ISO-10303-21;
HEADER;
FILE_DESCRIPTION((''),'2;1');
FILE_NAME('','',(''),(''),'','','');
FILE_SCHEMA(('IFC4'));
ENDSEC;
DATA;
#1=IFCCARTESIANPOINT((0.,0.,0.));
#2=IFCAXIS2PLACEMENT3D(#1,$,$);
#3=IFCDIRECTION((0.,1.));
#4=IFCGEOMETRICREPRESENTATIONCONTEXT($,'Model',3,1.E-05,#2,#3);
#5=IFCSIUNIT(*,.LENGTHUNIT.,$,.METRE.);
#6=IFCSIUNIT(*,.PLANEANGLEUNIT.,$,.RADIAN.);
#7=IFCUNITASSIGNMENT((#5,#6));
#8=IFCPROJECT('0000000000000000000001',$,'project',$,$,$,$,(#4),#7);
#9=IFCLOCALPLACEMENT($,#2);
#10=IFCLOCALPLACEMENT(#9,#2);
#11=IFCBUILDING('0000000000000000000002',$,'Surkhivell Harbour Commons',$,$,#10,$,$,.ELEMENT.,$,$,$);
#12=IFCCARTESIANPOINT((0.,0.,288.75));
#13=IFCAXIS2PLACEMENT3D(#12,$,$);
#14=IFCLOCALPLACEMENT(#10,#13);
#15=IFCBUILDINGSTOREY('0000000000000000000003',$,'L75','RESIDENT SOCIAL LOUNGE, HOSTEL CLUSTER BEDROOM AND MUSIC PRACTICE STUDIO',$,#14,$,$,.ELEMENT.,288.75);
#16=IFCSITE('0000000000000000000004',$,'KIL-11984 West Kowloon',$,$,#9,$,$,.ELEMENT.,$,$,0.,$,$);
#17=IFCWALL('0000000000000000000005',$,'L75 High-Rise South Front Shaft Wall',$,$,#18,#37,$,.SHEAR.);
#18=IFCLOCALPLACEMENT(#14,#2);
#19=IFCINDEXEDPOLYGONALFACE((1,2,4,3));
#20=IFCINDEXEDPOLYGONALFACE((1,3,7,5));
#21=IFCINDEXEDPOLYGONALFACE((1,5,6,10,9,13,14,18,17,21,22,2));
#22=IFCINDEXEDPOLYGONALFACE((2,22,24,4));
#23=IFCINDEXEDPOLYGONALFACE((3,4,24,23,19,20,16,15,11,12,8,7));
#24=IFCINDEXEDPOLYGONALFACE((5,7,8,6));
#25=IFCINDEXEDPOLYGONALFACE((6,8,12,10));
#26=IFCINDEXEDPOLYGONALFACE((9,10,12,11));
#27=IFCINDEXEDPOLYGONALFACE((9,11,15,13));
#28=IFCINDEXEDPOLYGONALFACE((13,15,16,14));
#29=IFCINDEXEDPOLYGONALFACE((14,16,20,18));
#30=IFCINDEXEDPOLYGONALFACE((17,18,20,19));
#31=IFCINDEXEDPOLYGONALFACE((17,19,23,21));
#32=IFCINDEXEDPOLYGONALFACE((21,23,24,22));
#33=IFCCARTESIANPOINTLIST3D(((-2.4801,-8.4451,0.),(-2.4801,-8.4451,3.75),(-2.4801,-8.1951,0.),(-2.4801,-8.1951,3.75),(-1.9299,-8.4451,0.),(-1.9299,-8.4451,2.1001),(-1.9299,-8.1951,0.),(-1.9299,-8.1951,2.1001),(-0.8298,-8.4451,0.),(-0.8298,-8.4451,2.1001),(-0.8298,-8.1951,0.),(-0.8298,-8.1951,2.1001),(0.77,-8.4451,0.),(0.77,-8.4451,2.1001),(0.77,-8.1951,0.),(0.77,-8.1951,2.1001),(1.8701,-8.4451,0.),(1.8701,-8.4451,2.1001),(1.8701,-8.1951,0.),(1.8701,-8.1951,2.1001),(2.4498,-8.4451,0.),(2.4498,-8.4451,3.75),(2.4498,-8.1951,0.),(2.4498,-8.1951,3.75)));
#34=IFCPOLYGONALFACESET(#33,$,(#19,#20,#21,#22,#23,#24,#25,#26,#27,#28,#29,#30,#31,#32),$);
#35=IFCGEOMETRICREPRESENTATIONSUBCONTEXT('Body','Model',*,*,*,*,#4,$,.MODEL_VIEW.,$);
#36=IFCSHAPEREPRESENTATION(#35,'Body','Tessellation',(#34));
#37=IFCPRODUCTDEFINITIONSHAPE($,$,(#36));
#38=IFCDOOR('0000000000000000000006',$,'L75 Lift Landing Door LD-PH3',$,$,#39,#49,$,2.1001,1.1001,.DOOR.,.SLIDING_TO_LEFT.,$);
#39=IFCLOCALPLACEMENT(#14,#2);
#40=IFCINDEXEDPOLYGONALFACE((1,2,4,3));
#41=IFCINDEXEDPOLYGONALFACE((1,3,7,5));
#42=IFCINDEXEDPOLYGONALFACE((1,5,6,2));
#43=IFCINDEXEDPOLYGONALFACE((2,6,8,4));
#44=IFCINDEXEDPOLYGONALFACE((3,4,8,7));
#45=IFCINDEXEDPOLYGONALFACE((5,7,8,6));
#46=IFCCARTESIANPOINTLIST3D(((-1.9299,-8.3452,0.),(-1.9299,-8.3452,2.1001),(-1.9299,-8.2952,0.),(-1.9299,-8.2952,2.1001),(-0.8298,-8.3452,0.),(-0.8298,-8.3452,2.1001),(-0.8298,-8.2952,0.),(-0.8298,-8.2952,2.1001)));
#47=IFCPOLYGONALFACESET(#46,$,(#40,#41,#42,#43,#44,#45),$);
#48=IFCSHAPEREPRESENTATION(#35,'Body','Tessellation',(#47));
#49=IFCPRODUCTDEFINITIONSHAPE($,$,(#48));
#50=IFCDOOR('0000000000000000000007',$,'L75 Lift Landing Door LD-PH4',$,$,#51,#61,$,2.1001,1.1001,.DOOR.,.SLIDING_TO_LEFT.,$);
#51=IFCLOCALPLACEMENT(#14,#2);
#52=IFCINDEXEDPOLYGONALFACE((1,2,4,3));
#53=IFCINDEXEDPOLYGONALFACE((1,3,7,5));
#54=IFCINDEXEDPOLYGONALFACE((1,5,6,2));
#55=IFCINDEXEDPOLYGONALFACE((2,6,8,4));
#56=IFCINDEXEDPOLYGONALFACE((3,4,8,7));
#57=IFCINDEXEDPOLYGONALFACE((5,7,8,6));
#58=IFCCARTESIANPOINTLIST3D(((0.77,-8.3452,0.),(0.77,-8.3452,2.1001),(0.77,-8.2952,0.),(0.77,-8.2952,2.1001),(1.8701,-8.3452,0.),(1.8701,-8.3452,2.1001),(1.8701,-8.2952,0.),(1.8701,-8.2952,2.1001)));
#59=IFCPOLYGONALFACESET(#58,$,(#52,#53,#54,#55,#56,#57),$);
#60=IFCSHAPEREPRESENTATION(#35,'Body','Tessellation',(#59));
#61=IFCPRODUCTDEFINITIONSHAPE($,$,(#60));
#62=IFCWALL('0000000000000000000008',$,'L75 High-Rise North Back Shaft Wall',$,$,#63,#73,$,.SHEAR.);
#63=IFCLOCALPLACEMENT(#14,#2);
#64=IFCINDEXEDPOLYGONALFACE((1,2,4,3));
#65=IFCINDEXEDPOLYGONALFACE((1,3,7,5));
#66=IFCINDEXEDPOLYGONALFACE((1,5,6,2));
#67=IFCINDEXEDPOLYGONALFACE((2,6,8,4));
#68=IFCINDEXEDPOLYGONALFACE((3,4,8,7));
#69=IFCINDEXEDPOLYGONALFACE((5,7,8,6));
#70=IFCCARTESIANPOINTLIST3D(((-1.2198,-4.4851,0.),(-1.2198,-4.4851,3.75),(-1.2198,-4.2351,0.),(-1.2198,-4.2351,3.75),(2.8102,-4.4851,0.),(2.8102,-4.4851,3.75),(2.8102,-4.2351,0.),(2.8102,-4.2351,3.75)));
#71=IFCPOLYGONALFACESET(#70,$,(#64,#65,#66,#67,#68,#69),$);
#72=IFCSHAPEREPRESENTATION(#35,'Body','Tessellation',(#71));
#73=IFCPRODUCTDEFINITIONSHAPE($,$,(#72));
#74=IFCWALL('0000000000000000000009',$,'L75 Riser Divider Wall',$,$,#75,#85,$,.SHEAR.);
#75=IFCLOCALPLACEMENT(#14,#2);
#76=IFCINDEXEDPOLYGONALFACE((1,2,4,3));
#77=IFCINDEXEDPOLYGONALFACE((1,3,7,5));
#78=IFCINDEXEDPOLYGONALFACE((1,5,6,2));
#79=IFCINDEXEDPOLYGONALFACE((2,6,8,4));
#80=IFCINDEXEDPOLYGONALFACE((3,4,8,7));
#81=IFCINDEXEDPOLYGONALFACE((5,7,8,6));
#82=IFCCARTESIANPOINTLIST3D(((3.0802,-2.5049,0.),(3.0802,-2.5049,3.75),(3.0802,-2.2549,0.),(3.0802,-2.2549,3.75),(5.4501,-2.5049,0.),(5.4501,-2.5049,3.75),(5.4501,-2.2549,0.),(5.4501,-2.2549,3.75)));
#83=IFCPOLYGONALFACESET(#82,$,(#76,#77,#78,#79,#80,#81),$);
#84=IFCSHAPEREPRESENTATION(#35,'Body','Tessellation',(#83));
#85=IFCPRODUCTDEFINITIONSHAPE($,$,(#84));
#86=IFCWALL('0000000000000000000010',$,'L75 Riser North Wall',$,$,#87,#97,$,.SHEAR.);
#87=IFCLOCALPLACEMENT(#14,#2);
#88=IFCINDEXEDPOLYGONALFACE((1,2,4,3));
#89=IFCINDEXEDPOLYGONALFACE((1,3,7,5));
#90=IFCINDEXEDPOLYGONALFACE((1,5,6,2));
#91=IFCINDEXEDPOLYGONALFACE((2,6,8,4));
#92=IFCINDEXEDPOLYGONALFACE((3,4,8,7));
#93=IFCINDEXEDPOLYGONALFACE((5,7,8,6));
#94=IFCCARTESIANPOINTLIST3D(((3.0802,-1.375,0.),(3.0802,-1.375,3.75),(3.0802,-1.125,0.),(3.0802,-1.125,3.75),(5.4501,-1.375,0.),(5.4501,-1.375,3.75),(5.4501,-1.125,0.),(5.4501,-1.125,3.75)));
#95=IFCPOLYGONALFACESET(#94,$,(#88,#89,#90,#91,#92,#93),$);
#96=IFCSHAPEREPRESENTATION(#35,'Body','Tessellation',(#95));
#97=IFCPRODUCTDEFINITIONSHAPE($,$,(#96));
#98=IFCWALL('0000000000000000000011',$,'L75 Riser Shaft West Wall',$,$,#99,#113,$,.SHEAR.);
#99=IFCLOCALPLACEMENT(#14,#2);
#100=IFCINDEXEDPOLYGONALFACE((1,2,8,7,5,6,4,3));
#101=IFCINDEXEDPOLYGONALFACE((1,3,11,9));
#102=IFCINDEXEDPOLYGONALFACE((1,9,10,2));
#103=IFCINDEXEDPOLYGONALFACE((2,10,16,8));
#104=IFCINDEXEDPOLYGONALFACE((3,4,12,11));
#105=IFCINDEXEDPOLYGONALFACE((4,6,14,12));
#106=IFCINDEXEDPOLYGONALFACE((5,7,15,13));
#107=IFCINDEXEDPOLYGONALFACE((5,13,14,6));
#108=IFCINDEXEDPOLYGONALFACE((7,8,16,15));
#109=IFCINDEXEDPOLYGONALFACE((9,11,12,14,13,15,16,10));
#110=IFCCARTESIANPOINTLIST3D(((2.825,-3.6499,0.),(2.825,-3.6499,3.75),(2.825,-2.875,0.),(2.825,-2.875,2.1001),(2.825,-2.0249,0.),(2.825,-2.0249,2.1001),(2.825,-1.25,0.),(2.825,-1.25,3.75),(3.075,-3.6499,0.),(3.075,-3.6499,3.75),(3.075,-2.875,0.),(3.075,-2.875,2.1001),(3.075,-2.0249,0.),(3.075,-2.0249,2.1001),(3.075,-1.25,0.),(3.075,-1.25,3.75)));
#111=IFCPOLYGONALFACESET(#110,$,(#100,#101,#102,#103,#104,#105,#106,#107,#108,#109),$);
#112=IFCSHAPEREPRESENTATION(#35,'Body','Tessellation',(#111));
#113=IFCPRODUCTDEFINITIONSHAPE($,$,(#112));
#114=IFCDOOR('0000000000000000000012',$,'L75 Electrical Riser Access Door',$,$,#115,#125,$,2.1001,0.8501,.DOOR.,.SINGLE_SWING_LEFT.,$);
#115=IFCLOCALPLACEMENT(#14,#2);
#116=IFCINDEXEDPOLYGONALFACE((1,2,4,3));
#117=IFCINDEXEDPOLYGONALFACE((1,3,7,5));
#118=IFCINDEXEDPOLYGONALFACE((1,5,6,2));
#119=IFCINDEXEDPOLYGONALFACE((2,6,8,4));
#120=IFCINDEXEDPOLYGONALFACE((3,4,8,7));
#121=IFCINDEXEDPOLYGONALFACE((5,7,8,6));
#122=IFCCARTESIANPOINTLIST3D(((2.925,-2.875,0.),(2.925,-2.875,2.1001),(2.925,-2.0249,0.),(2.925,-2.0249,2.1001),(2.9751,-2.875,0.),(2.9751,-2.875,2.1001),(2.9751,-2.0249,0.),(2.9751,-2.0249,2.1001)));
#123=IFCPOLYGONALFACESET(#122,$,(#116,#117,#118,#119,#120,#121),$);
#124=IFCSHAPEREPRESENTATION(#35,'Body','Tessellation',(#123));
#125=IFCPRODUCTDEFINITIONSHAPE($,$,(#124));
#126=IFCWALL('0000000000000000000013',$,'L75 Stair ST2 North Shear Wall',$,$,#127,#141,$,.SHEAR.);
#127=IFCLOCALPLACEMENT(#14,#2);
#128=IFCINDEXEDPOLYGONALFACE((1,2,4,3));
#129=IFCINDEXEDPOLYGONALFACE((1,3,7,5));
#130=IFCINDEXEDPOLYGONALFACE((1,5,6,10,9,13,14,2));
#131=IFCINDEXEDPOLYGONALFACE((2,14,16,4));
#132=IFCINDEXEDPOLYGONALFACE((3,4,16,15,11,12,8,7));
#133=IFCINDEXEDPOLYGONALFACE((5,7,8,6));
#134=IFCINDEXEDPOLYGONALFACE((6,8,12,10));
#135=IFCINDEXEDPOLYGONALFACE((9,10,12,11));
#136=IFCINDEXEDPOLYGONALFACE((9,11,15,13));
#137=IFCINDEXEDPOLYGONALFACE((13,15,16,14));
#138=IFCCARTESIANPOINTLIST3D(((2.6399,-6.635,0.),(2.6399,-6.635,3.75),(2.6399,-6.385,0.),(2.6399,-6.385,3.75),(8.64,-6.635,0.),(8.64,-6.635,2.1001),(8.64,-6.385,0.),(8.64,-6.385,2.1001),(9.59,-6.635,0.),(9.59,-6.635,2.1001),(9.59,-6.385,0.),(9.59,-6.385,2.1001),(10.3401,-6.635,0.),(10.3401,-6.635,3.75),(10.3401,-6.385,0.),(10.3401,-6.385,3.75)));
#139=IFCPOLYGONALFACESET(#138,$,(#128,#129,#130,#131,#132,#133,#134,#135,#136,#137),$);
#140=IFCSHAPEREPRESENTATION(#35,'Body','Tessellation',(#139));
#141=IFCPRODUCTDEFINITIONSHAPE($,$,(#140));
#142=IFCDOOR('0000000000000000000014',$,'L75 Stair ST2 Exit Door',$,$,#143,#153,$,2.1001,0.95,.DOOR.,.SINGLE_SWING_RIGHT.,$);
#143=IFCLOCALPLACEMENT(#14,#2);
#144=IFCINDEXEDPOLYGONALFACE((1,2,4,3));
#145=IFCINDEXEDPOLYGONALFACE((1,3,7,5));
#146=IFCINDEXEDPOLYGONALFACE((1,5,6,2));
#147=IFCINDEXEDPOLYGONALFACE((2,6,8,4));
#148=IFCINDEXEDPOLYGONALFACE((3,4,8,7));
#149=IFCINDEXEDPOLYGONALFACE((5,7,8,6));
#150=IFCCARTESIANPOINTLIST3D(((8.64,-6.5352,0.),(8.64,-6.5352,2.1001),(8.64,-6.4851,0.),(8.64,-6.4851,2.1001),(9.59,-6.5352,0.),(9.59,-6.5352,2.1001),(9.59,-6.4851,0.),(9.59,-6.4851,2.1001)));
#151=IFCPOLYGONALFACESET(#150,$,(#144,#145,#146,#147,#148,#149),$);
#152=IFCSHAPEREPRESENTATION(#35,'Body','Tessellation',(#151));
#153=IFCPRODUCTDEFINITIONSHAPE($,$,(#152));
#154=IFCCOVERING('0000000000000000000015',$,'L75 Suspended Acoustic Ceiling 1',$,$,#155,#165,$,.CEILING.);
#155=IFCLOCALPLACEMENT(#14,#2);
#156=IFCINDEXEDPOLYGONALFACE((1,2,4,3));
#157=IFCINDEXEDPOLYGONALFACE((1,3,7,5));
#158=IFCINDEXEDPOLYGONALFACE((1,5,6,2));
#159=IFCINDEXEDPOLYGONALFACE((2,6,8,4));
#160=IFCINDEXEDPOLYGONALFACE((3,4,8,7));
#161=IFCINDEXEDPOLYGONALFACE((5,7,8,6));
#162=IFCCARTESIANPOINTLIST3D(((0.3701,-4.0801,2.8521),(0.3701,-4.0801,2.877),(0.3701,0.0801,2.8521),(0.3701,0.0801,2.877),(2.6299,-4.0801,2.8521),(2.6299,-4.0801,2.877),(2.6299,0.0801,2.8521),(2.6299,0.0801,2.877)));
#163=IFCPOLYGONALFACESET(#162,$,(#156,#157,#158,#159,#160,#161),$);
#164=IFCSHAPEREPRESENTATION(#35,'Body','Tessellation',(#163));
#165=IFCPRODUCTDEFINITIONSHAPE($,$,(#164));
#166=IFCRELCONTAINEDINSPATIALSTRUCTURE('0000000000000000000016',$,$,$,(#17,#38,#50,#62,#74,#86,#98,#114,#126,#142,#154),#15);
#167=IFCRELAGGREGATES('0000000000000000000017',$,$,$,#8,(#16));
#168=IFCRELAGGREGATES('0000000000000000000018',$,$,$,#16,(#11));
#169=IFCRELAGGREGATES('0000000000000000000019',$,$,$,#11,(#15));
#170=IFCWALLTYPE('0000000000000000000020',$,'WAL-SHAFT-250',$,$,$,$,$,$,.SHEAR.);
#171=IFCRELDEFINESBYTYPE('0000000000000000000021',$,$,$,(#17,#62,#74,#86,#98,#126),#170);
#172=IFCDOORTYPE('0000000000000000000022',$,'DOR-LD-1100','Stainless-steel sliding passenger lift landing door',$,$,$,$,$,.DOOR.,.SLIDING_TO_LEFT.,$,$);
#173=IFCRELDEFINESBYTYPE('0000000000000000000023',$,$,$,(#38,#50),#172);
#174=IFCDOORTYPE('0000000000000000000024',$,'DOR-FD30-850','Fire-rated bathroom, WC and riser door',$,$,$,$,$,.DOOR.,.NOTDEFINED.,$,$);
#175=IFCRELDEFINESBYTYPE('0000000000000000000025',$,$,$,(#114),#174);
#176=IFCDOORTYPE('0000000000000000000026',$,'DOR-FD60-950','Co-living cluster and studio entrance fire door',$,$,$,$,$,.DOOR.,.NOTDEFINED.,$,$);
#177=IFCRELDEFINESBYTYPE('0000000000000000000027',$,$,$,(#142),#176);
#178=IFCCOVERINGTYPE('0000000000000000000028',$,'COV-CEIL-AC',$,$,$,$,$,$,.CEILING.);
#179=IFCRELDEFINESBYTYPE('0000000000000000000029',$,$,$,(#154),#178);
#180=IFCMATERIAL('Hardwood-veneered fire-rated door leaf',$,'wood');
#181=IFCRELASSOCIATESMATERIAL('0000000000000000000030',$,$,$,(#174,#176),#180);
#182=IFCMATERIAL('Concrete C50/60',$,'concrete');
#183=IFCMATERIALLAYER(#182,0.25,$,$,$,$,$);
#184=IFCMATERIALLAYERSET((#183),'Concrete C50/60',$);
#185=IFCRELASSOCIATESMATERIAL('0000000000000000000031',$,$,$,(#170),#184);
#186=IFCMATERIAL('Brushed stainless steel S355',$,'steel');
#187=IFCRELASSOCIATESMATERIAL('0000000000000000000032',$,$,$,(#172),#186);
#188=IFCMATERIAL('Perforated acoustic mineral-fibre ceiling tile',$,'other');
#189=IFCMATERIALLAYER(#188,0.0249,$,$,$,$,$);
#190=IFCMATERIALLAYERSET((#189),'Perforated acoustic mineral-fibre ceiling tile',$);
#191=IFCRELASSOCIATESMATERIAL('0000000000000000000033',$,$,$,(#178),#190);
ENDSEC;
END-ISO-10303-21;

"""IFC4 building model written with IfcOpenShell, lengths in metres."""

from ifc_helpers import new_model, si_unit, direction, frame, frame_2d, origin, place, context, subcontext, project, spatial, polyline, rectangle, outline, extrude, material, layer, layer_set, type_object, element, fill, save


model = new_model("IFC4")

# Units and contexts
model_context = context("Model", 3, precision=1e-05, world=origin(), true_north=direction((0.0, 1.0)))
body_context = subcontext(model_context, "Body", "Model", "MODEL_VIEW")
ifc_project = project(units=[si_unit("LENGTHUNIT", "METRE"), si_unit("PLANEANGLEUNIT", "RADIAN")], contexts=[model_context])

# Site, building, storey
site_placement = place(None, origin())
site = spatial("IfcSite", under=ifc_project, at=site_placement, Name="KIL-11984 West Kowloon", CompositionType="ELEMENT", RefElevation=0.0)
building_placement = place(site_placement, origin())
building = spatial("IfcBuilding", under=site, at=building_placement, Name="Surkhivell Harbour Commons", CompositionType="ELEMENT")
storey_placement = place(building_placement, frame((0.0, 0.0, 288.75)))
storey = spatial("IfcBuildingStorey", under=building, at=storey_placement, Name="L75", Description="RESIDENT SOCIAL LOUNGE, HOSTEL CLUSTER BEDROOM AND MUSIC PRACTICE STUDIO", CompositionType="ELEMENT", Elevation=288.75)

# Shared definitions
ifc_material_1 = material(Name="Hardwood-veneered fire-rated door leaf", Category="wood")
door_type_1 = type_object("IfcDoorType", Name="DOR-FD30-850", Description="Fire-rated bathroom, WC and riser door", OperationType="NOTDEFINED", PredefinedType="DOOR", material=ifc_material_1)

# Shared definitions
ifc_material_2 = material(Name="Concrete C50/60", Category="concrete")
ifc_layer_1 = layer(ifc_material_2, 0.25)
ifc_layer_set_1 = layer_set([ifc_layer_1], Name="Concrete C50/60")
wall_type_1 = type_object("IfcWallType", Name="WAL-SHAFT-250", PredefinedType="SHEAR", material=ifc_layer_set_1)

# Wall, openings, doors
ifc_material_3 = material(Name="Brushed stainless steel S355", Category="steel")
door_type_2 = type_object("IfcDoorType", Name="DOR-LD-1100", Description="Stainless-steel sliding passenger lift landing door", OperationType="SLIDING_TO_LEFT", PredefinedType="DOOR", material=ifc_material_3)
wall_1_placement = place(storey_placement, frame((-2.48, -8.3201, 0.0), z_axis=(0.0, 0.0, 1.0), x_axis=(1.0, 0.0, 0.0)))
wall_1 = element("IfcWall", 1, at=wall_1_placement, inside=storey, type_object=wall_type_1, Name="L75 High-Rise South Front Shaft Wall", PredefinedType="SHEAR", context=body_context, shape_type="SweptSolid", body=[
    extrude(rectangle(XDim=4.9299, YDim=0.25, at=frame_2d((2.4648, 0.0))), origin(), (0.0, 0.0, 1.0), 3.75),
])
opening_1_placement = place(wall_1_placement, frame((0.55, 0.0, 0.0)))
opening_1 = element("IfcOpeningElement", 2, at=opening_1_placement, cuts=wall_1, PredefinedType="OPENING", context=body_context, shape_type="SweptSolid", body=[
    extrude(rectangle(XDim=1.1001, YDim=2.1001, at=frame_2d((0.55, 1.05))), frame((0.0, 0.135, 0.0), z_axis=(0.0, -1.0, 0.0), x_axis=(1.0, 0.0, 0.0)), (0.0, 0.0, 1.0), 0.27),
])
opening_2_placement = place(wall_1_placement, frame((3.25, 0.0, 0.0)))
opening_2 = element("IfcOpeningElement", 3, at=opening_2_placement, cuts=wall_1, PredefinedType="OPENING", context=body_context, shape_type="SweptSolid", body=[
    extrude(rectangle(XDim=1.1001, YDim=2.1001, at=frame_2d((0.55, 1.05))), frame((0.0, 0.135, 0.0), z_axis=(0.0, -1.0, 0.0), x_axis=(1.0, 0.0, 0.0)), (0.0, 0.0, 1.0), 0.27),
])
door_1_placement = place(opening_1_placement, origin())
door_1 = element("IfcDoor", 4, at=door_1_placement, inside=storey, type_object=door_type_2, Name="L75 Lift Landing Door LD-PH3", OperationType="SLIDING_TO_LEFT", OverallHeight=2.1001, OverallWidth=1.1001, PredefinedType="DOOR", context=body_context, shape_type="SweptSolid", body=[
    extrude(rectangle(XDim=1.1001, YDim=2.1001, at=frame_2d((0.55, 1.05))), frame((0.0, 0.0249, 0.0), z_axis=(0.0, -1.0, 0.0), x_axis=(1.0, 0.0, 0.0)), (0.0, 0.0, 1.0), 0.05),
])
fill(opening_1, door_1)
door_2_placement = place(opening_2_placement, origin())
door_2 = element("IfcDoor", 5, at=door_2_placement, inside=storey, type_object=door_type_2, Name="L75 Lift Landing Door LD-PH4", OperationType="SLIDING_TO_LEFT", OverallHeight=2.1001, OverallWidth=1.1001, PredefinedType="DOOR", context=body_context, shape_type="SweptSolid", body=[
    extrude(rectangle(XDim=1.1001, YDim=2.1001, at=frame_2d((0.55, 1.05))), frame((0.0, 0.0249, 0.0), z_axis=(0.0, -1.0, 0.0), x_axis=(1.0, 0.0, 0.0)), (0.0, 0.0, 1.0), 0.05),
])
fill(opening_2, door_2)

# Walls
wall_2_placement = place(storey_placement, frame((-1.22, -4.3601, 0.0), z_axis=(0.0, 0.0, 1.0), x_axis=(1.0, 0.0, 0.0)))
element("IfcWall", 6, at=wall_2_placement, inside=storey, type_object=wall_type_1, Name="L75 High-Rise North Back Shaft Wall", PredefinedType="SHEAR", context=body_context, shape_type="SweptSolid", body=[
    extrude(rectangle(XDim=4.03, YDim=0.25, at=frame_2d((2.0151, 0.0))), origin(), (0.0, 0.0, 1.0), 3.75),
])
for number, where, z_axis, x_axis, name in (
    (7, (3.0801, -2.3799, 0.0), (0.0, 0.0, 1.0), (1.0, 0.0, 0.0), "L75 Riser Divider Wall"),
    (8, (3.0801, -1.25, 0.0), (0.0, 0.0, 1.0), (1.0, 0.0, 0.0), "L75 Riser North Wall"),
):
    element("IfcWall", number, at=place(storey_placement, frame(where, z_axis=z_axis, x_axis=x_axis)), inside=storey, type_object=wall_type_1, Name=name, PredefinedType="SHEAR", context=body_context, shape_type="SweptSolid", body=[
        extrude(rectangle(XDim=2.3699, YDim=0.25, at=frame_2d((1.1851, 0.0))), origin(), (0.0, 0.0, 1.0), 3.75),
    ])

# Walls, openings, doors
wall_3_placement = place(storey_placement, frame((2.95, -3.6499, 0.0), z_axis=(0.0, 0.0, 1.0), x_axis=(0.0, 1.0, 0.0)))
wall_3 = element("IfcWall", 9, at=wall_3_placement, inside=storey, type_object=wall_type_1, Name="L75 Riser Shaft West Wall", PredefinedType="SHEAR", context=body_context, shape_type="SweptSolid", body=[
    extrude(rectangle(XDim=2.3999, YDim=0.25, at=frame_2d((1.2, 0.0))), origin(), (0.0, 0.0, 1.0), 3.75),
])
opening_3_placement = place(wall_3_placement, frame((0.7749, 0.0, 0.0)))
opening_3 = element("IfcOpeningElement", 10, at=opening_3_placement, cuts=wall_3, PredefinedType="OPENING", context=body_context, shape_type="SweptSolid", body=[
    extrude(rectangle(XDim=0.8501, YDim=2.1001, at=frame_2d((0.425, 1.05))), frame((0.0, 0.135, 0.0), z_axis=(0.0, -1.0, 0.0), x_axis=(1.0, 0.0, 0.0)), (0.0, 0.0, 1.0), 0.27),
])
door_3_placement = place(opening_3_placement, origin())
door_3 = element("IfcDoor", 11, at=door_3_placement, inside=storey, type_object=door_type_1, Name="L75 Electrical Riser Access Door", OperationType="SINGLE_SWING_LEFT", OverallHeight=2.1001, OverallWidth=0.8501, PredefinedType="DOOR", context=body_context, shape_type="SweptSolid", body=[
    extrude(rectangle(XDim=0.8501, YDim=2.1001, at=frame_2d((0.425, 1.05))), frame((0.0, 0.0249, 0.0), z_axis=(0.0, -1.0, 0.0), x_axis=(1.0, 0.0, 0.0)), (0.0, 0.0, 1.0), 0.05),
])
fill(opening_3, door_3)
wall_4_placement = place(storey_placement, frame((2.6399, -6.51, 0.0), z_axis=(0.0, 0.0, 1.0), x_axis=(1.0, 0.0, 0.0)))
wall_4 = element("IfcWall", 12, at=wall_4_placement, inside=storey, type_object=wall_type_1, Name="L75 Stair ST2 North Shear Wall", PredefinedType="SHEAR", context=body_context, shape_type="SweptSolid", body=[
    extrude(rectangle(XDim=7.7002, YDim=0.25, at=frame_2d((3.8501, 0.0))), origin(), (0.0, 0.0, 1.0), 3.75),
])
opening_4_placement = place(wall_4_placement, frame((6.0, 0.0, 0.0)))
opening_4 = element("IfcOpeningElement", 13, at=opening_4_placement, cuts=wall_4, PredefinedType="OPENING", context=body_context, shape_type="SweptSolid", body=[
    extrude(rectangle(XDim=0.95, YDim=2.1001, at=frame_2d((0.4751, 1.05))), frame((0.0, 0.135, 0.0), z_axis=(0.0, -1.0, 0.0), x_axis=(1.0, 0.0, 0.0)), (0.0, 0.0, 1.0), 0.27),
])
door_type_3 = type_object("IfcDoorType", Name="DOR-FD60-950", Description="Co-living cluster and studio entrance fire door", OperationType="NOTDEFINED", PredefinedType="DOOR", material=ifc_material_1)
door_4_placement = place(opening_4_placement, origin())
door_4 = element("IfcDoor", 14, at=door_4_placement, inside=storey, type_object=door_type_3, Name="L75 Stair ST2 Exit Door", OperationType="SINGLE_SWING_RIGHT", OverallHeight=2.1001, OverallWidth=0.95, PredefinedType="DOOR", context=body_context, shape_type="SweptSolid", body=[
    extrude(rectangle(XDim=0.95, YDim=2.1001, at=frame_2d((0.4751, 1.05))), frame((0.0, 0.0249, 0.0), z_axis=(0.0, -1.0, 0.0), x_axis=(1.0, 0.0, 0.0)), (0.0, 0.0, 1.0), 0.05),
])
fill(opening_4, door_4)

# Covering
ifc_material_4 = material(Name="Perforated acoustic mineral-fibre ceiling tile", Category="other")
ifc_layer_2 = layer(ifc_material_4, 0.0249)
ifc_layer_set_2 = layer_set([ifc_layer_2], Name="Perforated acoustic mineral-fibre ceiling tile")
covering_type = type_object("IfcCoveringType", Name="COV-CEIL-AC", PredefinedType="CEILING", material=ifc_layer_set_2)
covering_placement = place(storey_placement, frame((0.0, 0.0, 2.8521)))
element("IfcCovering", 15, at=covering_placement, inside=storey, type_object=covering_type, Name="L75 Suspended Acoustic Ceiling 1", PredefinedType="CEILING", context=body_context, shape_type="SweptSolid", body=[
    extrude(outline(polyline([(0.3701, -4.0801), (2.6299, -4.0801), (2.6299, 0.0801), (0.3701, 0.0801), (0.3701, -4.0801)])), origin(), (0.0, 0.0, 1.0), 0.0249),
])

save(model, "model.ifc")
